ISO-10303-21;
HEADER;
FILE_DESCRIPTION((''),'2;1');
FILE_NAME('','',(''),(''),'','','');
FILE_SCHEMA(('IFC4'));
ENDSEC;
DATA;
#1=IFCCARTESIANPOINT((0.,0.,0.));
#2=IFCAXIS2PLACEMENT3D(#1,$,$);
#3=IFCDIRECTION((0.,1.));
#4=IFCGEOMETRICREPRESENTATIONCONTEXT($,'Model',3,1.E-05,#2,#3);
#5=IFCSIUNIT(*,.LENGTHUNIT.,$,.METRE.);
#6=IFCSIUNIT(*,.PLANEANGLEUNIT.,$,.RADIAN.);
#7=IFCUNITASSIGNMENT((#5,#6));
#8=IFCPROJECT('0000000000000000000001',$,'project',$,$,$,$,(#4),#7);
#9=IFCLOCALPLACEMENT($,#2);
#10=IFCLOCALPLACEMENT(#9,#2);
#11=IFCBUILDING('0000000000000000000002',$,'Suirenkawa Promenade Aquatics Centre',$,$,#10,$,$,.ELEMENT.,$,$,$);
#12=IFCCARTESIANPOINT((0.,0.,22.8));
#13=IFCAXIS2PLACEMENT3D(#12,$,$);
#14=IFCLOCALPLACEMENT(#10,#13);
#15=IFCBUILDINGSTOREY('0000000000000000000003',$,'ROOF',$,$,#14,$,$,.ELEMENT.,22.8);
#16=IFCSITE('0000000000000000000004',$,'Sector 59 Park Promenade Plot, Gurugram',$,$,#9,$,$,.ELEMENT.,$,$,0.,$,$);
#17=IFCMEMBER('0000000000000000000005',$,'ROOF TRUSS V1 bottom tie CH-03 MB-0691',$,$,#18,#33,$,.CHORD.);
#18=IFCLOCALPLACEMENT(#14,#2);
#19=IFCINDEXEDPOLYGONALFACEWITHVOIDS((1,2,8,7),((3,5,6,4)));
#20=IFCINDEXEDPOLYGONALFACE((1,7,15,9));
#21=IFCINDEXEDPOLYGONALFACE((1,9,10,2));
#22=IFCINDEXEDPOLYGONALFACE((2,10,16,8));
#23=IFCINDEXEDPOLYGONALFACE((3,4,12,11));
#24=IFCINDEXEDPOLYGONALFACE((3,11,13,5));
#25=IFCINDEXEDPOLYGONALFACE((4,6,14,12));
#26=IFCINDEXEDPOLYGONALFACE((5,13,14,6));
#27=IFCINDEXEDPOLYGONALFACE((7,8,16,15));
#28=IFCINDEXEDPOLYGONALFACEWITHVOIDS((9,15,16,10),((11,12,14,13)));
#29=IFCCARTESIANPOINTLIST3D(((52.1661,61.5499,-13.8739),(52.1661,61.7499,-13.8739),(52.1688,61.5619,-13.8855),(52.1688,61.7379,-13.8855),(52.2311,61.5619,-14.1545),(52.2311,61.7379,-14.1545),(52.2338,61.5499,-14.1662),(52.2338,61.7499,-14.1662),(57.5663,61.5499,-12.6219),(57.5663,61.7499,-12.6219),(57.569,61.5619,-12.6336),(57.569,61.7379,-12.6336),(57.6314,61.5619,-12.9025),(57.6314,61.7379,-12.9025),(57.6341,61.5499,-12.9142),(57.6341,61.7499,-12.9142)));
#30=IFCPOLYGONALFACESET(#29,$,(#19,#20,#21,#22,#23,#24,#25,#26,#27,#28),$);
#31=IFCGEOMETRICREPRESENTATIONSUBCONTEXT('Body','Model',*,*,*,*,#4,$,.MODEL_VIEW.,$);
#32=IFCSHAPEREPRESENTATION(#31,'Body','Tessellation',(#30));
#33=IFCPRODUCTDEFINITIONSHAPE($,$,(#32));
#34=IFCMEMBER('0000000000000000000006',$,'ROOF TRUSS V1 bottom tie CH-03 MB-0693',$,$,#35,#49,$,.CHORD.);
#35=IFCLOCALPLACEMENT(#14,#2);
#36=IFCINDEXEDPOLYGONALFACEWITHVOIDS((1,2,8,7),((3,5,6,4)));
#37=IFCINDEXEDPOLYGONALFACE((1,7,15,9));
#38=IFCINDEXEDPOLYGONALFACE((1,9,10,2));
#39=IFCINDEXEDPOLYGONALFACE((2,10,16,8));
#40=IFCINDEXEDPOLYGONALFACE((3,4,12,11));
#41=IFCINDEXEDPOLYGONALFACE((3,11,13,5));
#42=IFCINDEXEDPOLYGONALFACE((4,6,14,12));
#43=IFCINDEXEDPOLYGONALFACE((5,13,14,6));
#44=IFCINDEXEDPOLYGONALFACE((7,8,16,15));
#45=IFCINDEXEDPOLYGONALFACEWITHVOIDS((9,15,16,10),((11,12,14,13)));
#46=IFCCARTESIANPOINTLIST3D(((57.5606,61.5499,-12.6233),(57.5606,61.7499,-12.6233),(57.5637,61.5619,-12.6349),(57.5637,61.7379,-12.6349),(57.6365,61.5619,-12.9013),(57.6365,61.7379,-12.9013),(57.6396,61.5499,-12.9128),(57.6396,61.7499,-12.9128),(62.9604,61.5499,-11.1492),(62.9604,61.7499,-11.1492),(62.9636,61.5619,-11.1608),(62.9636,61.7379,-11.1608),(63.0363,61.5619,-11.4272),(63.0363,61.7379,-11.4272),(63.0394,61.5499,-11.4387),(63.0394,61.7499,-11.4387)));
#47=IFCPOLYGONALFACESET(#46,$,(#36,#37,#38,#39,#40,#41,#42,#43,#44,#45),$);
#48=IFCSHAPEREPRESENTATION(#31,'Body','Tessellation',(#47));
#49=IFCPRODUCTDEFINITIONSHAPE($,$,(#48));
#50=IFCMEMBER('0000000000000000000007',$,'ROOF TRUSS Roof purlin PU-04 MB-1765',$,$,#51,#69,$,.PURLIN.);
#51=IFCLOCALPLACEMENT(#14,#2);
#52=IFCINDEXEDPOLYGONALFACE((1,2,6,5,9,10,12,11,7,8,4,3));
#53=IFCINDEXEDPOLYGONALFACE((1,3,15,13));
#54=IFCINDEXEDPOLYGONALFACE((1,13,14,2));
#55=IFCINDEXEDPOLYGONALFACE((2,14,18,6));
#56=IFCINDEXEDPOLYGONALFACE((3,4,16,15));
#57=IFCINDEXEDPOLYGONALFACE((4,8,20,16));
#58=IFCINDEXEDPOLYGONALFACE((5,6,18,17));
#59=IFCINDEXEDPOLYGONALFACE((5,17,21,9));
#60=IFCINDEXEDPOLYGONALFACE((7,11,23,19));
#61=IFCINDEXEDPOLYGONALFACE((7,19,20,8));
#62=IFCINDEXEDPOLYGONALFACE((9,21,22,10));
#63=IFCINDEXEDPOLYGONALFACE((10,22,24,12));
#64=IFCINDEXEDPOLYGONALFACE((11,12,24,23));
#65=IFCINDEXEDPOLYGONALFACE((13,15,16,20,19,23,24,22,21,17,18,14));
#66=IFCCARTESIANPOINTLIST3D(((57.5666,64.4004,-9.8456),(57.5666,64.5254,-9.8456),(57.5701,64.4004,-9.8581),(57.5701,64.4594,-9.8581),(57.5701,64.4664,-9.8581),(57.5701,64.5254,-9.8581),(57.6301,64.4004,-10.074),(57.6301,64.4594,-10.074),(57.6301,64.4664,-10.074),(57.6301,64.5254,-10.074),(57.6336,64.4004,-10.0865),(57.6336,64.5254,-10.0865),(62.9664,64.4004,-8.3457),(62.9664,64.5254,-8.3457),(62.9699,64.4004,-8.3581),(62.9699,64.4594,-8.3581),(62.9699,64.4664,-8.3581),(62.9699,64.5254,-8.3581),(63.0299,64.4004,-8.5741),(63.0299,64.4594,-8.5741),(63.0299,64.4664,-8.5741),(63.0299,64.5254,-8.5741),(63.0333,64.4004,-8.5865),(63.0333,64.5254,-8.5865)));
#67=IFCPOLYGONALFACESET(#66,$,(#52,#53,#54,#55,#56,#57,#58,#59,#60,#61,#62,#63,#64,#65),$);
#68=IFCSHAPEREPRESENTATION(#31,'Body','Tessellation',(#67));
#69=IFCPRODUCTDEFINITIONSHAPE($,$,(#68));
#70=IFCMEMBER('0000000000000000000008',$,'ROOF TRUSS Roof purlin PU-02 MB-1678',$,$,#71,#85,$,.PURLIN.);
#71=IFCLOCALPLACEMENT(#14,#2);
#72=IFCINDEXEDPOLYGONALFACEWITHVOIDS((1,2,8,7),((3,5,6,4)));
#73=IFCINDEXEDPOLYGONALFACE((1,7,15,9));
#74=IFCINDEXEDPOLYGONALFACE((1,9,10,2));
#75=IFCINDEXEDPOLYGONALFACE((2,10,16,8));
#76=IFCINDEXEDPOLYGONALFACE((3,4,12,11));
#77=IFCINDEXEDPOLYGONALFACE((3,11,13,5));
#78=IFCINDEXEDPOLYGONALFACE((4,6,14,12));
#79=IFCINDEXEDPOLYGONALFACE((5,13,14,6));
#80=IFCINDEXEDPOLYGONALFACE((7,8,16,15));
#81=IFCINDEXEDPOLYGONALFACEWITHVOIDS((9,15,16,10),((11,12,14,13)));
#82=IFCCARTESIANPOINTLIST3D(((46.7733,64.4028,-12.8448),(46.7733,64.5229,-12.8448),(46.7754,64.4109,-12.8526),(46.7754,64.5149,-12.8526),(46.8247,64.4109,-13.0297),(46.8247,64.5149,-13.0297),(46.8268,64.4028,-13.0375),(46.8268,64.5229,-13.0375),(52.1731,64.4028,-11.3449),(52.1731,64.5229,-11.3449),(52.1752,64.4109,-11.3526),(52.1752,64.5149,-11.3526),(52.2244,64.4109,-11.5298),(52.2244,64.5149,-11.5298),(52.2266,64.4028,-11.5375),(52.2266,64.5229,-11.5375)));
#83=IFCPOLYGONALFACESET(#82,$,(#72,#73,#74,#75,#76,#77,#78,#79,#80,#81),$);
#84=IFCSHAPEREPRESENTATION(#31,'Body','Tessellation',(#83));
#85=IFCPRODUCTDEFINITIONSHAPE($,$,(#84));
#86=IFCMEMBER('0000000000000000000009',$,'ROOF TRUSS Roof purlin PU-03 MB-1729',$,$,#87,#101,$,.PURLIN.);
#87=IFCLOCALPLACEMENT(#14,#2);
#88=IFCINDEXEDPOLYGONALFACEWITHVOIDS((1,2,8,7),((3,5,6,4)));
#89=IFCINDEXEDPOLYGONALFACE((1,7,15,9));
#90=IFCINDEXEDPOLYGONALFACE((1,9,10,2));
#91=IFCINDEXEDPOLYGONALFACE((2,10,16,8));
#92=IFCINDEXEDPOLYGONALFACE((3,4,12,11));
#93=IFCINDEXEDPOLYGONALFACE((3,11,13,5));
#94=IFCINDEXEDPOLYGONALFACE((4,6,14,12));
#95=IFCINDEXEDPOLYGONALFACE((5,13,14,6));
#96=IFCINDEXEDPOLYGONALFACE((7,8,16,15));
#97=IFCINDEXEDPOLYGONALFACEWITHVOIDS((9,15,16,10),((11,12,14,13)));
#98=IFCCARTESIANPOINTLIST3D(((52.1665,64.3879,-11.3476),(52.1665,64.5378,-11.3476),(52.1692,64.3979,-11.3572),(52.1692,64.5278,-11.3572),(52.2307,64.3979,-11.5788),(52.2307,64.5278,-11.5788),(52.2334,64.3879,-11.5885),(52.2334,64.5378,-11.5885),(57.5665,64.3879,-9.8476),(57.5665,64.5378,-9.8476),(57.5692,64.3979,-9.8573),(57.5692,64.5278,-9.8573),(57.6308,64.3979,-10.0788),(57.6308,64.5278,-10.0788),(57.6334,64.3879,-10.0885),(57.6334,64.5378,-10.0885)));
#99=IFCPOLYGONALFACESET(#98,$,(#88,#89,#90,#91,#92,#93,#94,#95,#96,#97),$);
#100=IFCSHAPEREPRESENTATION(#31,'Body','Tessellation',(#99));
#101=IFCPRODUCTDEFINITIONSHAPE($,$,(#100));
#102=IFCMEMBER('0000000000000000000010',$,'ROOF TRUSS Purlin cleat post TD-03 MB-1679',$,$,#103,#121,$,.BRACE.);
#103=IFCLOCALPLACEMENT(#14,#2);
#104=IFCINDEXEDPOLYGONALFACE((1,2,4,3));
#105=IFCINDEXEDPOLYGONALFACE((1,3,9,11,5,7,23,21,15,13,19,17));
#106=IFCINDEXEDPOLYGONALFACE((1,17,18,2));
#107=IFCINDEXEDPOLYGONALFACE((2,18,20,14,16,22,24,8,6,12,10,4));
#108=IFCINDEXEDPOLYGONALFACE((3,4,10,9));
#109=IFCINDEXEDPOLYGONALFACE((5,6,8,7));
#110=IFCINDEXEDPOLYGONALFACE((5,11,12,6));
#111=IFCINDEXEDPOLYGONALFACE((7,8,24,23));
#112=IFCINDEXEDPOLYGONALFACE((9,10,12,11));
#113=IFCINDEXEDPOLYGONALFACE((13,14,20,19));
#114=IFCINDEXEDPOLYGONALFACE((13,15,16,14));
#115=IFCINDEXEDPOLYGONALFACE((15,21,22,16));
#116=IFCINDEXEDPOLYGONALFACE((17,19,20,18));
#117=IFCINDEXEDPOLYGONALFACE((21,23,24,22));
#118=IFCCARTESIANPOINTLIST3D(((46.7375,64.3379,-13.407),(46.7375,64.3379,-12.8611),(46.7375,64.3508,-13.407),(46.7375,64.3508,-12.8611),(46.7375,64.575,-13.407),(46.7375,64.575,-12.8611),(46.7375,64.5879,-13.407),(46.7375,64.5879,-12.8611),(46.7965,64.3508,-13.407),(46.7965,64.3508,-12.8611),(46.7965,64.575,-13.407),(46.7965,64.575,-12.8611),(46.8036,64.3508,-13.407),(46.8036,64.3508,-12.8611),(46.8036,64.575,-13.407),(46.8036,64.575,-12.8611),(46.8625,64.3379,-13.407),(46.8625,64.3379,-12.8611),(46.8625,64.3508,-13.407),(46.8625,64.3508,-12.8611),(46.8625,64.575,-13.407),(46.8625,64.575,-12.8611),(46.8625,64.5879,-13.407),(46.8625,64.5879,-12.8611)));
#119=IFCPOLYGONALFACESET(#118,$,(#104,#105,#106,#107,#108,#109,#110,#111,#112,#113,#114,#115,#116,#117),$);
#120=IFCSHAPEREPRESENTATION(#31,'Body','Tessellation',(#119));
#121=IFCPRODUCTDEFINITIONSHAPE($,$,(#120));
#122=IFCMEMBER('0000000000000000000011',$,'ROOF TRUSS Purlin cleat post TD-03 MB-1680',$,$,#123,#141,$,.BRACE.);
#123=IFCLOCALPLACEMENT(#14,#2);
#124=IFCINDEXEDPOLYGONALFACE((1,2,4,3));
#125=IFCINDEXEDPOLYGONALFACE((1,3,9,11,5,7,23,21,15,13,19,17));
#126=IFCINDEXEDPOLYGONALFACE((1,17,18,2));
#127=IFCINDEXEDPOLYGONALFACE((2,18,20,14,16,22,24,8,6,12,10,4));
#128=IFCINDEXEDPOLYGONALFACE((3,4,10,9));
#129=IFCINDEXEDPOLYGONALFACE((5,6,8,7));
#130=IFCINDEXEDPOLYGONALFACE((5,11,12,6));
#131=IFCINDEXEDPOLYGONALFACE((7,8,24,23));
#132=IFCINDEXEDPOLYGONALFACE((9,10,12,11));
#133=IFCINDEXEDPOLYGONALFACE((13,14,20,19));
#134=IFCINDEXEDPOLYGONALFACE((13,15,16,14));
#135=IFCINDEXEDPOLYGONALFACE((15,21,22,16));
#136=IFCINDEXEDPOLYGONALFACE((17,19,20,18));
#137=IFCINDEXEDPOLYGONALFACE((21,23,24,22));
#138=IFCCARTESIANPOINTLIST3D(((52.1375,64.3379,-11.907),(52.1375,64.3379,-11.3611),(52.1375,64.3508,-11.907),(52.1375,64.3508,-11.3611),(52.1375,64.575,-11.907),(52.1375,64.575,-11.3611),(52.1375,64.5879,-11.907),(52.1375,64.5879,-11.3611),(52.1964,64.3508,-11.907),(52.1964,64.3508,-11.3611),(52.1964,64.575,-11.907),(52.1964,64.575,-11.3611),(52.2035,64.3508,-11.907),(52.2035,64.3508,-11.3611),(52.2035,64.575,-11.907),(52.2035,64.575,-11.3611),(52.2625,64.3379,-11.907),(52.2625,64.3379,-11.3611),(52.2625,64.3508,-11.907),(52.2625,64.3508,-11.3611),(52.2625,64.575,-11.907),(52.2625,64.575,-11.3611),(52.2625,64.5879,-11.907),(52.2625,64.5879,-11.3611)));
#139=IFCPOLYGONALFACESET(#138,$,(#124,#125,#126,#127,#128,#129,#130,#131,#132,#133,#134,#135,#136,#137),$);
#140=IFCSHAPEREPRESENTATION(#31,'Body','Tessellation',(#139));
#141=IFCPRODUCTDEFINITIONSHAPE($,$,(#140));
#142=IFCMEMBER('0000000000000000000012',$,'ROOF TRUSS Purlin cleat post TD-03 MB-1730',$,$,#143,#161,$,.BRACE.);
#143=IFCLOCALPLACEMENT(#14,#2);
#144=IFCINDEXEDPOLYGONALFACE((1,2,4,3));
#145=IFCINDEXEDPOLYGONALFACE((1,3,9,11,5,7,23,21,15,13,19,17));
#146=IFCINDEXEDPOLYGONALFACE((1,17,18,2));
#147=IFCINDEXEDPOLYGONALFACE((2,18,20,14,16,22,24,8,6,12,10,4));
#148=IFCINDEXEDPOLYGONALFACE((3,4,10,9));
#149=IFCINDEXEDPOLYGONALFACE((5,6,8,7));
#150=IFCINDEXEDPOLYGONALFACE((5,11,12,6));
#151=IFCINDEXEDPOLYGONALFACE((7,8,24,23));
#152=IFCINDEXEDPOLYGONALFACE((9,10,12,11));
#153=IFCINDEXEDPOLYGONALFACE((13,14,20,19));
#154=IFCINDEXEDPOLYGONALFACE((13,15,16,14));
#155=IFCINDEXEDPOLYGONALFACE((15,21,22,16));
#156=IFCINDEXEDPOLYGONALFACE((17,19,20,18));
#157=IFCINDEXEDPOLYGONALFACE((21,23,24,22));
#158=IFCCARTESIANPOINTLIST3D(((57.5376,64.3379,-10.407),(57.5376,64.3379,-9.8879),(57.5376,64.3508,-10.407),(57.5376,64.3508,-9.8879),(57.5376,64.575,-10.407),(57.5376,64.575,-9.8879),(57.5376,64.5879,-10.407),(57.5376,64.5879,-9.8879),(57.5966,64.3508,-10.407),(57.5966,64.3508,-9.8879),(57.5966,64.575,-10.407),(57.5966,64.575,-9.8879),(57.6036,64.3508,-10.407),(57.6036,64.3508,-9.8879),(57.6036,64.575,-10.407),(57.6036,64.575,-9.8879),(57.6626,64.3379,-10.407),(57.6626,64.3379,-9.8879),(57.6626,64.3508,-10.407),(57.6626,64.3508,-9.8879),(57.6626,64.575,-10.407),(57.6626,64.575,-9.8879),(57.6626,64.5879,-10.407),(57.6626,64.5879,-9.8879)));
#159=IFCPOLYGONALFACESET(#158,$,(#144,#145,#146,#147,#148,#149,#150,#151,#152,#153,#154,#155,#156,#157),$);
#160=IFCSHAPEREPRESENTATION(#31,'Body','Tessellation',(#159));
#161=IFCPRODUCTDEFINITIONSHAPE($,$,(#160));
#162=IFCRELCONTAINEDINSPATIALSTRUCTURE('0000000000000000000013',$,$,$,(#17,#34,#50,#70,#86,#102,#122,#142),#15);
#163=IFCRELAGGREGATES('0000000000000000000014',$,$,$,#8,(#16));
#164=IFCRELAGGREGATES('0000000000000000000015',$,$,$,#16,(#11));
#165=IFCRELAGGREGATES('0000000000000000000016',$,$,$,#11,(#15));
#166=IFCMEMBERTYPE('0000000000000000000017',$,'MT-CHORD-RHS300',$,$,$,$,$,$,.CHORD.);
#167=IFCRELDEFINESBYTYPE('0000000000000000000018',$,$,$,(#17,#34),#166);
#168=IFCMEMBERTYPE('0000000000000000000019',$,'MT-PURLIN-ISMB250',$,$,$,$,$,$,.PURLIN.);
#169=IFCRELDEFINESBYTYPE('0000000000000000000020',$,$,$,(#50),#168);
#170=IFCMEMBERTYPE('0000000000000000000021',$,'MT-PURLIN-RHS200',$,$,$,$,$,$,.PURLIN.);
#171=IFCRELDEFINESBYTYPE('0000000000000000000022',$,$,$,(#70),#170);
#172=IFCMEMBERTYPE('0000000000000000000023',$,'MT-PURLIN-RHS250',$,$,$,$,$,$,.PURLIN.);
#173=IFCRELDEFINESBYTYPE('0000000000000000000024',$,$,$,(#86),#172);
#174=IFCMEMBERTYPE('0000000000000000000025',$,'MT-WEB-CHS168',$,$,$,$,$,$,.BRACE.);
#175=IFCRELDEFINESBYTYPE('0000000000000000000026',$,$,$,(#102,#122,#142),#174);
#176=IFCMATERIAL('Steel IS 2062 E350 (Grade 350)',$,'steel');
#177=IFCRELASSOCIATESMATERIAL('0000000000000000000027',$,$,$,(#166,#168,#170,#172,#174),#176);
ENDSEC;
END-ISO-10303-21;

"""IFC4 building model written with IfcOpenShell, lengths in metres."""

from ifc_helpers import new_model, si_unit, direction, frame, origin, origin_2d, place, context, subcontext, project, spatial, hollow_rectangle, i_section, extrude, material, material_profile, profile_set, type_object, element, save


model = new_model("IFC4")

# Units and contexts
model_context = context("Model", 3, precision=1e-05, world=origin(), true_north=direction((0.0, 1.0)))
body_context = subcontext(model_context, "Body", "Model", "MODEL_VIEW")
ifc_project = project(units=[si_unit("LENGTHUNIT", "METRE"), si_unit("PLANEANGLEUNIT", "RADIAN")], contexts=[model_context])

# Site, building, storey
site_placement = place(None, origin())
site = spatial("IfcSite", under=ifc_project, at=site_placement, Name="Sector 59 Park Promenade Plot, Gurugram", CompositionType="ELEMENT", RefElevation=0.0)
building_placement = place(site_placement, origin())
building = spatial("IfcBuilding", under=site, at=building_placement, Name="Suirenkawa Promenade Aquatics Centre", CompositionType="ELEMENT")
storey_placement = place(building_placement, frame((0.0, 0.0, 22.8)))
storey = spatial("IfcBuildingStorey", under=building, at=storey_placement, Name="ROOF", CompositionType="ELEMENT", Elevation=22.8)

# Shared definitions
ifc_material = material(Name="Steel IS 2062 E350 (Grade 350)", Category="steel")

# Members
ifc_material_profile_1 = material_profile(ifc_material, hollow_rectangle(XDim=0.2, YDim=0.3, WallThickness=0.012, at=origin_2d()), Name="RHS 300x200x12", Category="steel")
ifc_profile_set_1 = profile_set([ifc_material_profile_1], Name="Steel IS 2062 E350 (Grade 350)")
member_type_1 = type_object("IfcMemberType", Name="MT-CHORD-RHS300", PredefinedType="CHORD", material=ifc_profile_set_1)
member_1_placement = place(storey_placement, frame((52.2, 61.6499, -14.02), z_axis=(0.974163, 0.0, 0.225847), x_axis=(0.0, 1.0, 0.0)))
element("IfcMember", 1, at=member_1_placement, inside=storey, type_object=member_type_1, Name="ROOF TRUSS V1 bottom tie CH-03 MB-0691", PredefinedType="CHORD", context=body_context, shape_type="SweptSolid", body=[
    extrude(hollow_rectangle(XDim=0.2, YDim=0.3, WallThickness=0.012, at=origin_2d()), origin(), (0.0, 0.0, 1.0), 5.5435),
])
member_2_placement = place(storey_placement, frame((57.6001, 61.6499, -12.7681), z_axis=(0.964699, 0.0, 0.263354), x_axis=(0.0, 1.0, 0.0)))
element("IfcMember", 2, at=member_2_placement, inside=storey, type_object=member_type_1, Name="ROOF TRUSS V1 bottom tie CH-03 MB-0693", PredefinedType="CHORD", context=body_context, shape_type="SweptSolid", body=[
    extrude(hollow_rectangle(XDim=0.2, YDim=0.3, WallThickness=0.012, at=origin_2d()), origin(), (0.0, 0.0, 1.0), 5.5974),
])
ifc_material_profile_2 = material_profile(ifc_material, i_section(OverallWidth=0.125, OverallDepth=0.25, WebThickness=0.0071, FlangeThickness=0.0129, at=origin_2d()), Name="ISMB 250", Category="steel")
ifc_profile_set_2 = profile_set([ifc_material_profile_2], Name="Steel IS 2062 E350 (Grade 350)")
member_type_2 = type_object("IfcMemberType", Name="MT-PURLIN-ISMB250", PredefinedType="PURLIN", material=ifc_profile_set_2)
member_3_placement = place(storey_placement, frame((57.6001, 64.4629, -9.9661), z_axis=(0.963517, 0.0, 0.267648), x_axis=(0.0, 1.0, 0.0)))
element("IfcMember", 3, at=member_3_placement, inside=storey, type_object=member_type_2, Name="ROOF TRUSS Roof purlin PU-04 MB-1765", PredefinedType="PURLIN", context=body_context, shape_type="SweptSolid", body=[
    extrude(i_section(OverallWidth=0.125, OverallDepth=0.25, WebThickness=0.0071, FlangeThickness=0.0129, at=origin_2d()), origin(), (0.0, 0.0, 1.0), 5.6042),
])
ifc_material_profile_3 = material_profile(ifc_material, hollow_rectangle(XDim=0.1201, YDim=0.2, WallThickness=0.0081, at=origin_2d()), Name="RHS 200x120x8", Category="steel")
ifc_profile_set_3 = profile_set([ifc_material_profile_3], Name="Steel IS 2062 E350 (Grade 350)")
member_type_3 = type_object("IfcMemberType", Name="MT-PURLIN-RHS200", PredefinedType="PURLIN", material=ifc_profile_set_3)
member_4_placement = place(storey_placement, frame((46.8, 64.4629, -12.9412), z_axis=(0.963517, 0.0, 0.267648), x_axis=(0.0, 1.0, 0.0)))
element("IfcMember", 4, at=member_4_placement, inside=storey, type_object=member_type_3, Name="ROOF TRUSS Roof purlin PU-02 MB-1678", PredefinedType="PURLIN", context=body_context, shape_type="SweptSolid", body=[
    extrude(hollow_rectangle(XDim=0.1201, YDim=0.2, WallThickness=0.0081, at=origin_2d()), origin(), (0.0, 0.0, 1.0), 5.6042),
])
ifc_material_profile_4 = material_profile(ifc_material, hollow_rectangle(XDim=0.1499, YDim=0.25, WallThickness=0.01, at=origin_2d()), Name="RHS 250x150x10", Category="steel")
ifc_profile_set_4 = profile_set([ifc_material_profile_4], Name="Steel IS 2062 E350 (Grade 350)")
member_type_4 = type_object("IfcMemberType", Name="MT-PURLIN-RHS250", PredefinedType="PURLIN", material=ifc_profile_set_4)
member_5_placement = place(storey_placement, frame((52.2, 64.4629, -11.468), z_axis=(0.96352, 0.0, 0.267637), x_axis=(0.0, 1.0, 0.0)))
element("IfcMember", 5, at=member_5_placement, inside=storey, type_object=member_type_4, Name="ROOF TRUSS Roof purlin PU-03 MB-1729", PredefinedType="PURLIN", context=body_context, shape_type="SweptSolid", body=[
    extrude(hollow_rectangle(XDim=0.1499, YDim=0.25, WallThickness=0.01, at=origin_2d()), origin(), (0.0, 0.0, 1.0), 5.6045),
])
ifc_material_profile_5 = material_profile(ifc_material, i_section(OverallWidth=0.125, OverallDepth=0.25, WebThickness=0.0071, FlangeThickness=0.0129, at=origin_2d()), Name="ISMB 250", Category="steel")
ifc_profile_set_5 = profile_set([ifc_material_profile_5], Name="Steel IS 2062 E350 (Grade 350)")
member_type_5 = type_object("IfcMemberType", Name="MT-WEB-CHS168", PredefinedType="BRACE", material=ifc_profile_set_5)
for number, where, z_axis, x_axis, name in (
    (6, (46.8, 64.4629, -13.407), (0.0, 0.0, 1.0), (1.0, 0.0, 0.0), "ROOF TRUSS Purlin cleat post TD-03 MB-1679"),
    (7, (52.2, 64.4629, -11.907), (0.0, 0.0, 1.0), (1.0, 0.0, 0.0), "ROOF TRUSS Purlin cleat post TD-03 MB-1680"),
):
    element("IfcMember", number, at=place(storey_placement, frame(where, z_axis=z_axis, x_axis=x_axis)), inside=storey, type_object=member_type_5, Name=name, PredefinedType="BRACE", context=body_context, shape_type="SweptSolid", body=[
        extrude(i_section(OverallWidth=0.125, OverallDepth=0.25, WebThickness=0.0071, FlangeThickness=0.0129, at=origin_2d()), origin(), (0.0, 0.0, 1.0), 0.5459),
    ])
member_6_placement = place(storey_placement, frame((57.6001, 64.4629, -10.407), z_axis=(0.0, 0.0, 1.0), x_axis=(1.0, 0.0, 0.0)))
element("IfcMember", 8, at=member_6_placement, inside=storey, type_object=member_type_5, Name="ROOF TRUSS Purlin cleat post TD-03 MB-1730", PredefinedType="BRACE", context=body_context, shape_type="SweptSolid", body=[
    extrude(i_section(OverallWidth=0.125, OverallDepth=0.25, WebThickness=0.0071, FlangeThickness=0.0129, at=origin_2d()), origin(), (0.0, 0.0, 1.0), 0.519),
])

save(model, "model.ifc")
